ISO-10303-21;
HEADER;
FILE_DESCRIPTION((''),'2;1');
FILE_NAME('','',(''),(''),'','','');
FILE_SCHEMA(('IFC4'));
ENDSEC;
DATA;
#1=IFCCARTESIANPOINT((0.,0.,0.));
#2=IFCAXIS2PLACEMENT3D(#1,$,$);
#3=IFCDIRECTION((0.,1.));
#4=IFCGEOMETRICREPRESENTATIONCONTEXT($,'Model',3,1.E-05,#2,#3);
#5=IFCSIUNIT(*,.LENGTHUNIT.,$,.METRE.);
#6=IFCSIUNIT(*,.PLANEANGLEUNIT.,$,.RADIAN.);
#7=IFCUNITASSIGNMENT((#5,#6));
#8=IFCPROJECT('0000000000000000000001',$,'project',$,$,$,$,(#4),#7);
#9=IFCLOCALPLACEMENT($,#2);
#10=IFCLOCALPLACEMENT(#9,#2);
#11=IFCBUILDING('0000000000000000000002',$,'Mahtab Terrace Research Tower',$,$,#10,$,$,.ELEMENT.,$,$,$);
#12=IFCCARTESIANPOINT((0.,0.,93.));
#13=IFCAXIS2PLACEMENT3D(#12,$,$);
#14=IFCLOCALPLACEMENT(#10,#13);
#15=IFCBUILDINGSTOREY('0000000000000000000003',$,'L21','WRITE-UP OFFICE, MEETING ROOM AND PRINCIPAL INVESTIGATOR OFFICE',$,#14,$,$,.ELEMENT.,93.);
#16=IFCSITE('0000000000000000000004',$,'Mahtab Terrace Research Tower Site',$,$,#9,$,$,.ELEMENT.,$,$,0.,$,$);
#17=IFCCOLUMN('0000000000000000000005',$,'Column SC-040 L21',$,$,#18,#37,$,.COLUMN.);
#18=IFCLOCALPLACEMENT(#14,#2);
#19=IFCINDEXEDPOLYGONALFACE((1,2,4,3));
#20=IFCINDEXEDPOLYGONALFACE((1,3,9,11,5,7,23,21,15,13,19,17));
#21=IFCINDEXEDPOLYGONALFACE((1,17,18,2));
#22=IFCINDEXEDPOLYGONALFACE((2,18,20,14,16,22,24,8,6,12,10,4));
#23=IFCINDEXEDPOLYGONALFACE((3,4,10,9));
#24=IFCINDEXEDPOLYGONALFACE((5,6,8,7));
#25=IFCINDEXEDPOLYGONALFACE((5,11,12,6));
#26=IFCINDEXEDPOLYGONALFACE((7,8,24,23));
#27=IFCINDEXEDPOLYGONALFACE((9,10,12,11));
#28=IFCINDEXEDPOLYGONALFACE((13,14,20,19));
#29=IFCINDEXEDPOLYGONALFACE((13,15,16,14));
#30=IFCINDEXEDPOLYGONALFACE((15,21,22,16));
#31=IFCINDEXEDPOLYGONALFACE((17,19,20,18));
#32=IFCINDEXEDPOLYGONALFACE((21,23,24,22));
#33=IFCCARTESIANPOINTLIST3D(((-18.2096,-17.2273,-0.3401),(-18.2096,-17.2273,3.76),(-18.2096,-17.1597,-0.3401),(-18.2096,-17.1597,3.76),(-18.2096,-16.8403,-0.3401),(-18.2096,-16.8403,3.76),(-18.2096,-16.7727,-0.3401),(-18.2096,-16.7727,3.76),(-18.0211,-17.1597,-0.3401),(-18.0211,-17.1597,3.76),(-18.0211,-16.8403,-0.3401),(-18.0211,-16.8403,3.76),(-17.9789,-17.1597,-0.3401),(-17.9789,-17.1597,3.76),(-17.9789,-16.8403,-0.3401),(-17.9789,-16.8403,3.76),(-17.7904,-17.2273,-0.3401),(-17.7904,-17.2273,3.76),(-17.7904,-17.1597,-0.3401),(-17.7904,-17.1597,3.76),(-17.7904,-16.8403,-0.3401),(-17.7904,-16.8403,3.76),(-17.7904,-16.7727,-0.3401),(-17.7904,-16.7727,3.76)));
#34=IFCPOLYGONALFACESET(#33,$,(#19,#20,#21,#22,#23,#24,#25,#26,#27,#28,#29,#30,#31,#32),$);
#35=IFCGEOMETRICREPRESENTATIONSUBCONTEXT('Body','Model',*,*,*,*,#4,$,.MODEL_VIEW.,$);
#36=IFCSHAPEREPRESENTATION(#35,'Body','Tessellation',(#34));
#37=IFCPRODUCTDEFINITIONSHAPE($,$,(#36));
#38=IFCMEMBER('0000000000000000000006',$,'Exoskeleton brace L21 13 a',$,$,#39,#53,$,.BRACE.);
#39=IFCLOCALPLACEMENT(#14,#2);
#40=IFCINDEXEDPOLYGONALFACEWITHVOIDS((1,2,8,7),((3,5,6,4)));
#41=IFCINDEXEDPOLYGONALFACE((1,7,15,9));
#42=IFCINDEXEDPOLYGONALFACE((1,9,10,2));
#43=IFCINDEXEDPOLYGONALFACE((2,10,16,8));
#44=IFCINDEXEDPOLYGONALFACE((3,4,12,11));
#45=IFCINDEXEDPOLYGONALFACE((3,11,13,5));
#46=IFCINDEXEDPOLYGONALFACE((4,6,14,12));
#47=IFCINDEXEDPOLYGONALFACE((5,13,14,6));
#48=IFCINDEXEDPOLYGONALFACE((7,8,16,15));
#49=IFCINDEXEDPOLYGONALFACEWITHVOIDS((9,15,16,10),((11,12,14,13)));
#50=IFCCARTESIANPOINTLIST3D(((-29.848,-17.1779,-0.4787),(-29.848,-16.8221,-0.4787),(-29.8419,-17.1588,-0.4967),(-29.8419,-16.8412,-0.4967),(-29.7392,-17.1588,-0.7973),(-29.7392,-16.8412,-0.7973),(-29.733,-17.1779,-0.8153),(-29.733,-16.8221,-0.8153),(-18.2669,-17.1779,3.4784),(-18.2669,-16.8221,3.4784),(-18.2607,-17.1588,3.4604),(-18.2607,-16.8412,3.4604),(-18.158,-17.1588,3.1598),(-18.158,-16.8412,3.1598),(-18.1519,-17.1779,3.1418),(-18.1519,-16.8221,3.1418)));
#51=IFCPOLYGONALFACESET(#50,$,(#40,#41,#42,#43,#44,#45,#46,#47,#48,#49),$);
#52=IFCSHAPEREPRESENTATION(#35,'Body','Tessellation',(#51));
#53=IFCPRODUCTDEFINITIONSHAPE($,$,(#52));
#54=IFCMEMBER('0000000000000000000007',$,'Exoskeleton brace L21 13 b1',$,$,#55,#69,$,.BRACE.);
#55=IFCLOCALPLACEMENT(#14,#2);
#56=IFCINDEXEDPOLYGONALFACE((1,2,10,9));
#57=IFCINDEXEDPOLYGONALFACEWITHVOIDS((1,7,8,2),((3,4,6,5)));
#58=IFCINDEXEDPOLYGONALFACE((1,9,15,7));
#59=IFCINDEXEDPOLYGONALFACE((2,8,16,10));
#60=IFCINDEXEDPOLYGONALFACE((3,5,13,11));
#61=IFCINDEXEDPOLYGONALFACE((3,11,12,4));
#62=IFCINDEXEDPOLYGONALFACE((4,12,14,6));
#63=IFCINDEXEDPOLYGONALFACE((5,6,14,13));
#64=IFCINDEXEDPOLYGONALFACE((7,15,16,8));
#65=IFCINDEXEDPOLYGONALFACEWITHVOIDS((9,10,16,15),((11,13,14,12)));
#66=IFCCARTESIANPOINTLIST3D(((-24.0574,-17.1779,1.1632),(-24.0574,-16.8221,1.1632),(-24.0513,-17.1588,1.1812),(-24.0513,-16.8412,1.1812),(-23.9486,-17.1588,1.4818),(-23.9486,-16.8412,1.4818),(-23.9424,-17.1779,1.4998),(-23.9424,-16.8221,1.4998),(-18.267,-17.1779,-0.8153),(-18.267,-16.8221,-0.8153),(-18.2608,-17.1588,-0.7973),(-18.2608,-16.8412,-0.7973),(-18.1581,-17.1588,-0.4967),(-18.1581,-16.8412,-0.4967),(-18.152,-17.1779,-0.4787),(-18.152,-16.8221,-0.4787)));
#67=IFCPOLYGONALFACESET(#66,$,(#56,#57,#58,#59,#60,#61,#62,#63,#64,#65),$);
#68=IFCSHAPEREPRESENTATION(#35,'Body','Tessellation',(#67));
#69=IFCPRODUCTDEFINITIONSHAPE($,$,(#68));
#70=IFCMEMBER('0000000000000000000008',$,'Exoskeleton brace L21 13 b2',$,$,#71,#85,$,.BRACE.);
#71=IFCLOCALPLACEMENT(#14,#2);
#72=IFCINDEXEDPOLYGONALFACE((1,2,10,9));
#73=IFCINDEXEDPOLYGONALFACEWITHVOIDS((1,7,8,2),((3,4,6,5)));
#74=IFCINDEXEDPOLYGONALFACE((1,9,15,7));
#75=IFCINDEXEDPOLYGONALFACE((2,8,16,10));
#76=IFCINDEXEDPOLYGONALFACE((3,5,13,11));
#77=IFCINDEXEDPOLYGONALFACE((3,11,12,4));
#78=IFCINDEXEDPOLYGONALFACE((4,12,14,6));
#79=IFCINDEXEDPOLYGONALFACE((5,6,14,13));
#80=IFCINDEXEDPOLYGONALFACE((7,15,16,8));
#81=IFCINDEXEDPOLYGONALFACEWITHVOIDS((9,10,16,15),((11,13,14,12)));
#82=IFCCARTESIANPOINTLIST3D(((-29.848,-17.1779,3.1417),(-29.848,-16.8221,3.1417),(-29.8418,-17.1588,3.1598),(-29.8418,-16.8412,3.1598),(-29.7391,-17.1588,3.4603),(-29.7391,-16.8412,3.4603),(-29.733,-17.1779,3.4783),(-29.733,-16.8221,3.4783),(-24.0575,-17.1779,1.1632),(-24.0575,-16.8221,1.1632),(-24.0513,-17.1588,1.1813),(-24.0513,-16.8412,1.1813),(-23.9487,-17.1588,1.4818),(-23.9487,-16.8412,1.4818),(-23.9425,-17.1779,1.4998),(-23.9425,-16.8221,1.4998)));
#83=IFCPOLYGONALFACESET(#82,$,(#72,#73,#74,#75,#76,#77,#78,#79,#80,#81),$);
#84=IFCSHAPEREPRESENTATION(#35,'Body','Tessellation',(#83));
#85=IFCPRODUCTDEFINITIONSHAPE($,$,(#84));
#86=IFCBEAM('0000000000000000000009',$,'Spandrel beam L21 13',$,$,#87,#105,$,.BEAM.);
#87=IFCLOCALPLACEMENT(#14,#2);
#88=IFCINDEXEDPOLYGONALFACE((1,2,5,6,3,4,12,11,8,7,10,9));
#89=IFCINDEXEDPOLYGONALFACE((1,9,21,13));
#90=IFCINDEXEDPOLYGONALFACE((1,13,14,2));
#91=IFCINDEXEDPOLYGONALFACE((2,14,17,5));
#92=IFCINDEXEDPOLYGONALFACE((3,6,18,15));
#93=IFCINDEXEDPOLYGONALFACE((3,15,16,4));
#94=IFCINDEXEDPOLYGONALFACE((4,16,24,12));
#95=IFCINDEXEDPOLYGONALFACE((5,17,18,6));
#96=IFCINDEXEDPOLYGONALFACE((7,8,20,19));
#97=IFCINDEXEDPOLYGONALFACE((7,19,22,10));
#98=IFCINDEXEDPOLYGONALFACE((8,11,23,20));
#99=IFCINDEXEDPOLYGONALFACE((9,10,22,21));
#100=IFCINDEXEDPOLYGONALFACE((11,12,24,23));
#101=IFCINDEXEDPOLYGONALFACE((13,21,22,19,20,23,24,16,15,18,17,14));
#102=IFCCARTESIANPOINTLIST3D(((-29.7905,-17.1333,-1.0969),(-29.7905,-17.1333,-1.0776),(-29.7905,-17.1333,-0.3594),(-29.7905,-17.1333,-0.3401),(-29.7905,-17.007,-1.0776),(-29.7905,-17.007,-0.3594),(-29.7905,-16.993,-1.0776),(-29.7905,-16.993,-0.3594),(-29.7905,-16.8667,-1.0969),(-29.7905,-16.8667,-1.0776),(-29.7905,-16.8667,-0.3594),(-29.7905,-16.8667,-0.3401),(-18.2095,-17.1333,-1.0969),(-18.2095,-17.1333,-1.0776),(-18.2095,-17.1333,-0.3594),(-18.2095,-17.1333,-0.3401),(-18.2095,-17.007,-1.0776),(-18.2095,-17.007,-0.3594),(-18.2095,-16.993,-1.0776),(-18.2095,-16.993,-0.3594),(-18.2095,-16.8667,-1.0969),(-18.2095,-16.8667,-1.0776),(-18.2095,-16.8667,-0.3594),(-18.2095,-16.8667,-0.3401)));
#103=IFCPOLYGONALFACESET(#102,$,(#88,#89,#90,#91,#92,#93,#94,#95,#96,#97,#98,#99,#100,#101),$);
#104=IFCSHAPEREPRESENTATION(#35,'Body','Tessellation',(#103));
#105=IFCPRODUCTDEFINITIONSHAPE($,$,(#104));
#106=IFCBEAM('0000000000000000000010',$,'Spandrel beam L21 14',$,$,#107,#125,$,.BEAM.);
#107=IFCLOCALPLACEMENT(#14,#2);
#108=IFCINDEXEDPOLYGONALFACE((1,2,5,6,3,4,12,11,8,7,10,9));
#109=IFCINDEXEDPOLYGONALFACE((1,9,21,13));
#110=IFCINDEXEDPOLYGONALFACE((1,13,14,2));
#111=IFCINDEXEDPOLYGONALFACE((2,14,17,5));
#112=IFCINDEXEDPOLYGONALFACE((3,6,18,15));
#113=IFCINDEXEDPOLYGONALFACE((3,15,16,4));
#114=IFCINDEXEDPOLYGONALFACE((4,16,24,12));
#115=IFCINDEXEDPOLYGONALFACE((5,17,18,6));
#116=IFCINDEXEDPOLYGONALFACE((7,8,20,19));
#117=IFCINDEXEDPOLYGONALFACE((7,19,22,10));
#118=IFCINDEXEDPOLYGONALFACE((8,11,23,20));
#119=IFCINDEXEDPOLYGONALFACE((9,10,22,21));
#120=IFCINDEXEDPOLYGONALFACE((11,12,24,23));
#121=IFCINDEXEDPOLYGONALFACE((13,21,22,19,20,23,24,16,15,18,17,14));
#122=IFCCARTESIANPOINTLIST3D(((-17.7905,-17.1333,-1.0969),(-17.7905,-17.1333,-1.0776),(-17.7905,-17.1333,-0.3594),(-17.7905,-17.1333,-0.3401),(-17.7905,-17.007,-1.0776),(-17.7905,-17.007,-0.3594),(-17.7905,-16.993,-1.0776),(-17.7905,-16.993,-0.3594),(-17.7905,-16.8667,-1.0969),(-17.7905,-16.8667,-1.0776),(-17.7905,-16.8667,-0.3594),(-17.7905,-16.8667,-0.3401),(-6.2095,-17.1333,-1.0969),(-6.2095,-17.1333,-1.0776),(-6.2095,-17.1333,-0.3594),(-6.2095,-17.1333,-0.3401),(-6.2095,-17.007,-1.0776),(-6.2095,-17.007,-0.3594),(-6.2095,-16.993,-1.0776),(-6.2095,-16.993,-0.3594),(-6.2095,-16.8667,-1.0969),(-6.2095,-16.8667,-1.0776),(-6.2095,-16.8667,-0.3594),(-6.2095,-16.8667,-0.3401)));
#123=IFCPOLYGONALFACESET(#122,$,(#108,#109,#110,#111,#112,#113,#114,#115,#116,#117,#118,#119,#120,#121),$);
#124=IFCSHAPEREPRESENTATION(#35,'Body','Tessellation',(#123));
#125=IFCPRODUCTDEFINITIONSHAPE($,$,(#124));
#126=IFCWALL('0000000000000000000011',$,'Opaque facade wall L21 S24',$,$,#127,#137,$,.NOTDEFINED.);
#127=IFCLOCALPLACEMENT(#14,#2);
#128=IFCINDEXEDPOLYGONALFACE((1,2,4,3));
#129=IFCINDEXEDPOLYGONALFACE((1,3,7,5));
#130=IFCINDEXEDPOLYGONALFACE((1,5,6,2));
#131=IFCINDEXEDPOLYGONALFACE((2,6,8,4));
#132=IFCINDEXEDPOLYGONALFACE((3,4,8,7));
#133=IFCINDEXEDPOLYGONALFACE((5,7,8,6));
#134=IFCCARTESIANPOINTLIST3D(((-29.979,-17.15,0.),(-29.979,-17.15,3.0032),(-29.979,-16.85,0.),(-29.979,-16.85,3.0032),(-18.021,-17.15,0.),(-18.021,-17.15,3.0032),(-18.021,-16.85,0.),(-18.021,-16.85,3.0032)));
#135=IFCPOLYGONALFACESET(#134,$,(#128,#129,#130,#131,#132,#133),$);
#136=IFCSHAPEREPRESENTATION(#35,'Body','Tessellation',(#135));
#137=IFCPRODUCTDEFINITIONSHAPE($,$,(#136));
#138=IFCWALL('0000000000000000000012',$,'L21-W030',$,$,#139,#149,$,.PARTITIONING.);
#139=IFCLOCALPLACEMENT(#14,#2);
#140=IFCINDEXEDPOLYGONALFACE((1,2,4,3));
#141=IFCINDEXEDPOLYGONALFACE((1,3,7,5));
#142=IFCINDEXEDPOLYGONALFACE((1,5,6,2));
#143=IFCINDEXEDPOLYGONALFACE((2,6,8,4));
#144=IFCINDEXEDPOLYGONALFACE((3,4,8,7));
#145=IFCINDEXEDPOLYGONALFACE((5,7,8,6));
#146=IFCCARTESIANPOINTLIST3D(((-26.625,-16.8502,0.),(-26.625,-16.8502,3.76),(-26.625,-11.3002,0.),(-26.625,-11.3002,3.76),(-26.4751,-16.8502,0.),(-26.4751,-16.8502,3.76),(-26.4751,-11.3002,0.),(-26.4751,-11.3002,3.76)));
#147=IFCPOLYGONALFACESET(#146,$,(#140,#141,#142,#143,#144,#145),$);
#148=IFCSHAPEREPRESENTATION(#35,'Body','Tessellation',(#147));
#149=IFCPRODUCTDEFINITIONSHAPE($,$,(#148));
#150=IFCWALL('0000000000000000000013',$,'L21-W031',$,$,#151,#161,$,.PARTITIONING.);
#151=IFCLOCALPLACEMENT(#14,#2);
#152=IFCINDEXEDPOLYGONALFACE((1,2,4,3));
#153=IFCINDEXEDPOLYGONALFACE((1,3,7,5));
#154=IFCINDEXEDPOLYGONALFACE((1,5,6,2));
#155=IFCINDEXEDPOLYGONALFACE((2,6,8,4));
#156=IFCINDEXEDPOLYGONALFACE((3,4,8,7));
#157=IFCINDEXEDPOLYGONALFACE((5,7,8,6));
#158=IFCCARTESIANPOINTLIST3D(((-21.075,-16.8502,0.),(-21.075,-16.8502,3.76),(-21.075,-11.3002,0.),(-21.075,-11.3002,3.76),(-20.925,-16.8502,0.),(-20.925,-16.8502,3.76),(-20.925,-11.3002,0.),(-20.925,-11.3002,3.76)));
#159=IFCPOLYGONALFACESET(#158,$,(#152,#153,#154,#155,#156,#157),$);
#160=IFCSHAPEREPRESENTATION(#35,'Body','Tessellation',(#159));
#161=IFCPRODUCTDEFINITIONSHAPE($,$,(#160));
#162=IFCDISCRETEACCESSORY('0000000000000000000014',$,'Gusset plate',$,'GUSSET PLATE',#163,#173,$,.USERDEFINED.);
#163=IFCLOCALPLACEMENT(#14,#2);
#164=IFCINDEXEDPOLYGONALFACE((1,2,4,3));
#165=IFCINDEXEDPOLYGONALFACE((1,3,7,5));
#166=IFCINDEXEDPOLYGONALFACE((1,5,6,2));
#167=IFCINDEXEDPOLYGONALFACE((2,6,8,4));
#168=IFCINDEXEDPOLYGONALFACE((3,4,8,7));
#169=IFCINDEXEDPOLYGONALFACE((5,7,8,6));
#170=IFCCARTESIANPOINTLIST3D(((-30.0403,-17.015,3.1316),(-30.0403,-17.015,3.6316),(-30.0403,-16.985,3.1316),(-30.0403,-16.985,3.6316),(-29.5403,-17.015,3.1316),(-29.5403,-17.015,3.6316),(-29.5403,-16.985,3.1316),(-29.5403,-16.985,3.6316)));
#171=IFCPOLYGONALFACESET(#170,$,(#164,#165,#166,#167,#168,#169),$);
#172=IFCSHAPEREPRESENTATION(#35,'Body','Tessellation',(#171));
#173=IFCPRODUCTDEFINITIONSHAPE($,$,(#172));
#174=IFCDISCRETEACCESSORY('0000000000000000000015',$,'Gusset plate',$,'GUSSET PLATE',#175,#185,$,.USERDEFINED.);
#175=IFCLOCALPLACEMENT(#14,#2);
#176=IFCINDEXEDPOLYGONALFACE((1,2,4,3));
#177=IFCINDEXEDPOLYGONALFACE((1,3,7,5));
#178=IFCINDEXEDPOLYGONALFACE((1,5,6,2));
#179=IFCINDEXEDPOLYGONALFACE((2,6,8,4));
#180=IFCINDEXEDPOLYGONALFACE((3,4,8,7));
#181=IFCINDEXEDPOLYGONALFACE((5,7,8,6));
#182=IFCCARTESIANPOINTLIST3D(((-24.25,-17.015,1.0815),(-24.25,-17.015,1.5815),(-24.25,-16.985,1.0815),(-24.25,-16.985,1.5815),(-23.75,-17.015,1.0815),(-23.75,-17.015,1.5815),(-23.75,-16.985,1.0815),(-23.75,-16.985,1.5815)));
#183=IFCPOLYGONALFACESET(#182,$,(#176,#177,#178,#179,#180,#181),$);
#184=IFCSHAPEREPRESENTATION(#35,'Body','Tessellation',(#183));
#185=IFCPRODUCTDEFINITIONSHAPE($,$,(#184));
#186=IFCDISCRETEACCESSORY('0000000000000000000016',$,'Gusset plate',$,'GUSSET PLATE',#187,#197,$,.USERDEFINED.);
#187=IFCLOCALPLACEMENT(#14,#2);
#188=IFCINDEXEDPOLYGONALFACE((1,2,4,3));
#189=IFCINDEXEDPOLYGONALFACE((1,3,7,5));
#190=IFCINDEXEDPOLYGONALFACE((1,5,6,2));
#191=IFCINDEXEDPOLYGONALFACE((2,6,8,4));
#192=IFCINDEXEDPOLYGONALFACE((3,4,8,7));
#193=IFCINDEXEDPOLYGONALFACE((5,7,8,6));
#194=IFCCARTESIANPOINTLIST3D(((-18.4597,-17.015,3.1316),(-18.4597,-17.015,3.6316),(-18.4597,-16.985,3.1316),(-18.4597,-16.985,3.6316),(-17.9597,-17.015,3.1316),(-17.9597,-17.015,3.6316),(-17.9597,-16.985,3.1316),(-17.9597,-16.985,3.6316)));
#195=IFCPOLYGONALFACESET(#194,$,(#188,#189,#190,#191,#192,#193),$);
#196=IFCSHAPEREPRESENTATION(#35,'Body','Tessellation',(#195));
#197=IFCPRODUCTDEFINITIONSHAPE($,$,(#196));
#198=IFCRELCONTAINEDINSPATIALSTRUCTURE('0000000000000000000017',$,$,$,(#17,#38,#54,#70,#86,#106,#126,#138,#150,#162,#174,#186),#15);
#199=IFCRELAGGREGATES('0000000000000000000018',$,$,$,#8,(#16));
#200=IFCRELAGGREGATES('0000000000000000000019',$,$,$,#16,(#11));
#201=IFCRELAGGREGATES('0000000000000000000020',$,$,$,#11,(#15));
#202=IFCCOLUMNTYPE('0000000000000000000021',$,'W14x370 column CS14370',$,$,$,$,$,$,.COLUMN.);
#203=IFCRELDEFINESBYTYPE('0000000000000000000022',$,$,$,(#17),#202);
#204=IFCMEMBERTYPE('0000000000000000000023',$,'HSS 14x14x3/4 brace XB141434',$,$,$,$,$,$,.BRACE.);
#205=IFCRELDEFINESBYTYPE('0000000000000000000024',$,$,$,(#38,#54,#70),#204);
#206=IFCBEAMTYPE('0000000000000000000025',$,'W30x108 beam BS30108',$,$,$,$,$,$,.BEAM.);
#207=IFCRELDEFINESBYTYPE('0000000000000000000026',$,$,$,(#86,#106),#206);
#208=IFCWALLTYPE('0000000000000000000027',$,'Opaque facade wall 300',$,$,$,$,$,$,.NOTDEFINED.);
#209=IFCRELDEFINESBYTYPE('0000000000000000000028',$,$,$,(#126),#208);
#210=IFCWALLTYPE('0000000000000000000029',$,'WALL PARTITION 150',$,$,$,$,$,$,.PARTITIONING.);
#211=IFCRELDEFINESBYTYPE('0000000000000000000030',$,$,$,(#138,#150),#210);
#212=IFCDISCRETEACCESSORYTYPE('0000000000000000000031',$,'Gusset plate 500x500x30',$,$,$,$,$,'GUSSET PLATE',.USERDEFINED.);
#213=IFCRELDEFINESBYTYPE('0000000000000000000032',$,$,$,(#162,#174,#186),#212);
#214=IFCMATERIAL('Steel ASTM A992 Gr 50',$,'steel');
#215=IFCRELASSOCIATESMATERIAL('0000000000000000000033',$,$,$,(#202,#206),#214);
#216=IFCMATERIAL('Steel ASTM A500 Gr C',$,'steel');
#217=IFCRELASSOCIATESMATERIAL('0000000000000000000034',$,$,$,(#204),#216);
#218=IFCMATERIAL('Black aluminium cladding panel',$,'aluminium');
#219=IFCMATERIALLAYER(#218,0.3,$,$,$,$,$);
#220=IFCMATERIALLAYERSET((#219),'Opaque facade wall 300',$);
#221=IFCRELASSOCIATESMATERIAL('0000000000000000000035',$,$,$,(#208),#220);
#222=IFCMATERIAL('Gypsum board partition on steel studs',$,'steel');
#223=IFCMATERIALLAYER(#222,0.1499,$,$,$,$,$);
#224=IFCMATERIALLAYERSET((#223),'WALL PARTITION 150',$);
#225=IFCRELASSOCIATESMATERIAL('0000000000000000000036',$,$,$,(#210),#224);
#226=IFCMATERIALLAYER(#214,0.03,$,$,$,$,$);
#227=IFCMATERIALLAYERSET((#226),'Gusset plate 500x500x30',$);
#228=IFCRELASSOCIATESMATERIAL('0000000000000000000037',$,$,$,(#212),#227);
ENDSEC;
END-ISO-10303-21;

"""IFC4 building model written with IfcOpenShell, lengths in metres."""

from ifc_helpers import new_model, si_unit, direction, frame, frame_2d, origin, origin_2d, place, context, subcontext, project, spatial, rectangle, hollow_rectangle, i_section, extrude, material, layer, layer_set, material_profile, profile_set, type_object, element, save


model = new_model("IFC4")

# Units and contexts
model_context = context("Model", 3, precision=1e-05, world=origin(), true_north=direction((0.0, 1.0)))
body_context = subcontext(model_context, "Body", "Model", "MODEL_VIEW")
ifc_project = project(units=[si_unit("LENGTHUNIT", "METRE"), si_unit("PLANEANGLEUNIT", "RADIAN")], contexts=[model_context])

# Site, building, storey
site_placement = place(None, origin())
site = spatial("IfcSite", under=ifc_project, at=site_placement, Name="Mahtab Terrace Research Tower Site", CompositionType="ELEMENT", RefElevation=0.0)
building_placement = place(site_placement, origin())
building = spatial("IfcBuilding", under=site, at=building_placement, Name="Mahtab Terrace Research Tower", CompositionType="ELEMENT")
storey_placement = place(building_placement, frame((0.0, 0.0, 93.0)))
storey = spatial("IfcBuildingStorey", under=building, at=storey_placement, Name="L21", Description="WRITE-UP OFFICE, MEETING ROOM AND PRINCIPAL INVESTIGATOR OFFICE", CompositionType="ELEMENT", Elevation=93.0)

# Column
ifc_material_1 = material(Name="Steel ASTM A992 Gr 50", Category="steel")
ifc_material_profile_1 = material_profile(ifc_material_1, i_section(OverallWidth=0.4192, OverallDepth=0.4546, WebThickness=0.0422, FlangeThickness=0.0676, at=origin_2d()), Name="W14X370")
ifc_profile_set_1 = profile_set([ifc_material_profile_1], Name="Steel ASTM A992 Gr 50")
column_type = type_object("IfcColumnType", Name="W14x370 column CS14370", PredefinedType="COLUMN", material=ifc_profile_set_1)
column_placement = place(storey_placement, frame((-18.0, -17.0, -0.3401), z_axis=(0.0, 0.0, 1.0), x_axis=(1.0, 0.0, 0.0)))
element("IfcColumn", 1, at=column_placement, inside=storey, type_object=column_type, Name="Column SC-040 L21", PredefinedType="COLUMN", context=body_context, shape_type="SweptSolid", body=[
    extrude(i_section(OverallWidth=0.4192, OverallDepth=0.4546, WebThickness=0.0422, FlangeThickness=0.0676, at=origin_2d()), origin(), (0.0, 0.0, 1.0), 4.1001),
])

# Members
ifc_material_2 = material(Name="Steel ASTM A500 Gr C", Category="steel")
ifc_material_profile_2 = material_profile(ifc_material_2, hollow_rectangle(XDim=0.3557, YDim=0.3557, WallThickness=0.019, at=origin_2d()), Name="HSS14X14X3/4")
ifc_profile_set_2 = profile_set([ifc_material_profile_2], Name="Steel ASTM A500 Gr C")
member_type = type_object("IfcMemberType", Name="HSS 14x14x3/4 brace XB141434", PredefinedType="BRACE", material=ifc_profile_set_2)
member_placement = place(storey_placement, frame((-29.7905, -17.0, -0.647), z_axis=(0.946287, 0.0, 0.323329), x_axis=(0.0, 1.0, 0.0)))
element("IfcMember", 2, at=member_placement, inside=storey, type_object=member_type, Name="Exoskeleton brace L21 13 a", PredefinedType="BRACE", context=body_context, shape_type="SweptSolid", body=[
    extrude(hollow_rectangle(XDim=0.3557, YDim=0.3557, WallThickness=0.019, at=origin_2d()), origin(), (0.0, 0.0, 1.0), 12.2385),
])
for number, where, z_axis, x_axis, name in (
    (3, (-18.2095, -17.0, -0.647), (-0.946287, 0.0, 0.323329), (0.0, -1.0, 0.0), "Exoskeleton brace L21 13 b1"),
    (4, (-24.0, -17.0, 1.3315), (-0.946287, 0.0, 0.323329), (0.0, -1.0, 0.0), "Exoskeleton brace L21 13 b2"),
):
    element("IfcMember", number, at=place(storey_placement, frame(where, z_axis=z_axis, x_axis=x_axis)), inside=storey, type_object=member_type, Name=name, PredefinedType="BRACE", context=body_context, shape_type="SweptSolid", body=[
        extrude(hollow_rectangle(XDim=0.3557, YDim=0.3557, WallThickness=0.019, at=origin_2d()), origin(), (0.0, 0.0, 1.0), 6.1191),
    ])

# Beams
ifc_material_profile_3 = material_profile(ifc_material_1, i_section(OverallWidth=0.2666, OverallDepth=0.7568, WebThickness=0.0139, FlangeThickness=0.0193, at=origin_2d()), Name="W30X108")
ifc_profile_set_3 = profile_set([ifc_material_profile_3], Name="Steel ASTM A992 Gr 50")
beam_type = type_object("IfcBeamType", Name="W30x108 beam BS30108", PredefinedType="BEAM", material=ifc_profile_set_3)
for number, where, z_axis, x_axis, name in (
    (5, (-29.7905, -17.0, -0.7185), (1.0, 0.0, 0.0), (0.0, 1.0, 0.0), "Spandrel beam L21 13"),
    (6, (-17.7905, -17.0, -0.7185), (1.0, 0.0, 0.0), (0.0, 1.0, 0.0), "Spandrel beam L21 14"),
):
    element("IfcBeam", number, at=place(storey_placement, frame(where, z_axis=z_axis, x_axis=x_axis)), inside=storey, type_object=beam_type, Name=name, PredefinedType="BEAM", context=body_context, shape_type="SweptSolid", body=[
        extrude(i_section(OverallWidth=0.2666, OverallDepth=0.7568, WebThickness=0.0139, FlangeThickness=0.0193, at=origin_2d()), origin(), (0.0, 0.0, 1.0), 11.5811),
    ])

# Walls
ifc_material_3 = material(Name="Black aluminium cladding panel", Category="aluminium")
ifc_layer_1 = layer(ifc_material_3, 0.3)
ifc_layer_set_1 = layer_set([ifc_layer_1], Name="Opaque facade wall 300")
wall_type_1 = type_object("IfcWallType", Name="Opaque facade wall 300", PredefinedType="NOTDEFINED", material=ifc_layer_set_1)
wall_placement = place(storey_placement, frame((-29.979, -17.0, 0.0), z_axis=(0.0, 0.0, 1.0), x_axis=(1.0, 0.0, 0.0)))
element("IfcWall", 7, at=wall_placement, inside=storey, type_object=wall_type_1, Name="Opaque facade wall L21 S24", PredefinedType="NOTDEFINED", context=body_context, shape_type="SweptSolid", body=[
    extrude(rectangle(XDim=11.958, YDim=0.3, at=frame_2d((5.979, 0.0))), origin(), (0.0, 0.0, 1.0), 3.0032),
])
ifc_material_4 = material(Name="Gypsum board partition on steel studs", Category="steel")
ifc_layer_2 = layer(ifc_material_4, 0.1499)
ifc_layer_set_2 = layer_set([ifc_layer_2], Name="WALL PARTITION 150")
wall_type_2 = type_object("IfcWallType", Name="WALL PARTITION 150", PredefinedType="PARTITIONING", material=ifc_layer_set_2)
for number, where, z_axis, x_axis, name in (
    (8, (-26.55, -16.8501, 0.0), (0.0, 0.0, 1.0), (0.0, 1.0, 0.0), "L21-W030"),
    (9, (-21.0, -16.8501, 0.0), (0.0, 0.0, 1.0), (0.0, 1.0, 0.0), "L21-W031"),
):
    element("IfcWall", number, at=place(storey_placement, frame(where, z_axis=z_axis, x_axis=x_axis)), inside=storey, type_object=wall_type_2, Name=name, PredefinedType="PARTITIONING", context=body_context, shape_type="SweptSolid", body=[
        extrude(rectangle(XDim=5.55, YDim=0.1499, at=frame_2d((2.7749, 0.0))), origin(), (0.0, 0.0, 1.0), 3.76),
    ])

# Discrete accessories
ifc_layer_3 = layer(ifc_material_1, 0.03)
ifc_layer_set_3 = layer_set([ifc_layer_3], Name="Gusset plate 500x500x30")
discrete_accessory_type = type_object("IfcDiscreteAccessoryType", Name="Gusset plate 500x500x30", ElementType="GUSSET PLATE", PredefinedType="USERDEFINED", material=ifc_layer_set_3)
for number, where, z_axis, x_axis, name in (
    (10, (-29.7903, -17.0, 3.1316), (0.0, 0.0, 1.0), (1.0, 0.0, 0.0), "Gusset plate"),
    (11, (-24.0, -17.0, 1.0815), (0.0, 0.0, 1.0), (1.0, 0.0, 0.0), "Gusset plate"),
    (12, (-18.2097, -17.0, 3.1316), (0.0, 0.0, 1.0), (1.0, 0.0, 0.0), "Gusset plate"),
):
    element("IfcDiscreteAccessory", number, at=place(storey_placement, frame(where, z_axis=z_axis, x_axis=x_axis)), inside=storey, type_object=discrete_accessory_type, Name=name, ObjectType="GUSSET PLATE", PredefinedType="USERDEFINED", context=body_context, shape_type="SweptSolid", body=[
        extrude(rectangle(XDim=0.5, YDim=0.03, at=origin_2d()), origin(), (0.0, 0.0, 1.0), 0.5),
    ])

save(model, "model.ifc")
